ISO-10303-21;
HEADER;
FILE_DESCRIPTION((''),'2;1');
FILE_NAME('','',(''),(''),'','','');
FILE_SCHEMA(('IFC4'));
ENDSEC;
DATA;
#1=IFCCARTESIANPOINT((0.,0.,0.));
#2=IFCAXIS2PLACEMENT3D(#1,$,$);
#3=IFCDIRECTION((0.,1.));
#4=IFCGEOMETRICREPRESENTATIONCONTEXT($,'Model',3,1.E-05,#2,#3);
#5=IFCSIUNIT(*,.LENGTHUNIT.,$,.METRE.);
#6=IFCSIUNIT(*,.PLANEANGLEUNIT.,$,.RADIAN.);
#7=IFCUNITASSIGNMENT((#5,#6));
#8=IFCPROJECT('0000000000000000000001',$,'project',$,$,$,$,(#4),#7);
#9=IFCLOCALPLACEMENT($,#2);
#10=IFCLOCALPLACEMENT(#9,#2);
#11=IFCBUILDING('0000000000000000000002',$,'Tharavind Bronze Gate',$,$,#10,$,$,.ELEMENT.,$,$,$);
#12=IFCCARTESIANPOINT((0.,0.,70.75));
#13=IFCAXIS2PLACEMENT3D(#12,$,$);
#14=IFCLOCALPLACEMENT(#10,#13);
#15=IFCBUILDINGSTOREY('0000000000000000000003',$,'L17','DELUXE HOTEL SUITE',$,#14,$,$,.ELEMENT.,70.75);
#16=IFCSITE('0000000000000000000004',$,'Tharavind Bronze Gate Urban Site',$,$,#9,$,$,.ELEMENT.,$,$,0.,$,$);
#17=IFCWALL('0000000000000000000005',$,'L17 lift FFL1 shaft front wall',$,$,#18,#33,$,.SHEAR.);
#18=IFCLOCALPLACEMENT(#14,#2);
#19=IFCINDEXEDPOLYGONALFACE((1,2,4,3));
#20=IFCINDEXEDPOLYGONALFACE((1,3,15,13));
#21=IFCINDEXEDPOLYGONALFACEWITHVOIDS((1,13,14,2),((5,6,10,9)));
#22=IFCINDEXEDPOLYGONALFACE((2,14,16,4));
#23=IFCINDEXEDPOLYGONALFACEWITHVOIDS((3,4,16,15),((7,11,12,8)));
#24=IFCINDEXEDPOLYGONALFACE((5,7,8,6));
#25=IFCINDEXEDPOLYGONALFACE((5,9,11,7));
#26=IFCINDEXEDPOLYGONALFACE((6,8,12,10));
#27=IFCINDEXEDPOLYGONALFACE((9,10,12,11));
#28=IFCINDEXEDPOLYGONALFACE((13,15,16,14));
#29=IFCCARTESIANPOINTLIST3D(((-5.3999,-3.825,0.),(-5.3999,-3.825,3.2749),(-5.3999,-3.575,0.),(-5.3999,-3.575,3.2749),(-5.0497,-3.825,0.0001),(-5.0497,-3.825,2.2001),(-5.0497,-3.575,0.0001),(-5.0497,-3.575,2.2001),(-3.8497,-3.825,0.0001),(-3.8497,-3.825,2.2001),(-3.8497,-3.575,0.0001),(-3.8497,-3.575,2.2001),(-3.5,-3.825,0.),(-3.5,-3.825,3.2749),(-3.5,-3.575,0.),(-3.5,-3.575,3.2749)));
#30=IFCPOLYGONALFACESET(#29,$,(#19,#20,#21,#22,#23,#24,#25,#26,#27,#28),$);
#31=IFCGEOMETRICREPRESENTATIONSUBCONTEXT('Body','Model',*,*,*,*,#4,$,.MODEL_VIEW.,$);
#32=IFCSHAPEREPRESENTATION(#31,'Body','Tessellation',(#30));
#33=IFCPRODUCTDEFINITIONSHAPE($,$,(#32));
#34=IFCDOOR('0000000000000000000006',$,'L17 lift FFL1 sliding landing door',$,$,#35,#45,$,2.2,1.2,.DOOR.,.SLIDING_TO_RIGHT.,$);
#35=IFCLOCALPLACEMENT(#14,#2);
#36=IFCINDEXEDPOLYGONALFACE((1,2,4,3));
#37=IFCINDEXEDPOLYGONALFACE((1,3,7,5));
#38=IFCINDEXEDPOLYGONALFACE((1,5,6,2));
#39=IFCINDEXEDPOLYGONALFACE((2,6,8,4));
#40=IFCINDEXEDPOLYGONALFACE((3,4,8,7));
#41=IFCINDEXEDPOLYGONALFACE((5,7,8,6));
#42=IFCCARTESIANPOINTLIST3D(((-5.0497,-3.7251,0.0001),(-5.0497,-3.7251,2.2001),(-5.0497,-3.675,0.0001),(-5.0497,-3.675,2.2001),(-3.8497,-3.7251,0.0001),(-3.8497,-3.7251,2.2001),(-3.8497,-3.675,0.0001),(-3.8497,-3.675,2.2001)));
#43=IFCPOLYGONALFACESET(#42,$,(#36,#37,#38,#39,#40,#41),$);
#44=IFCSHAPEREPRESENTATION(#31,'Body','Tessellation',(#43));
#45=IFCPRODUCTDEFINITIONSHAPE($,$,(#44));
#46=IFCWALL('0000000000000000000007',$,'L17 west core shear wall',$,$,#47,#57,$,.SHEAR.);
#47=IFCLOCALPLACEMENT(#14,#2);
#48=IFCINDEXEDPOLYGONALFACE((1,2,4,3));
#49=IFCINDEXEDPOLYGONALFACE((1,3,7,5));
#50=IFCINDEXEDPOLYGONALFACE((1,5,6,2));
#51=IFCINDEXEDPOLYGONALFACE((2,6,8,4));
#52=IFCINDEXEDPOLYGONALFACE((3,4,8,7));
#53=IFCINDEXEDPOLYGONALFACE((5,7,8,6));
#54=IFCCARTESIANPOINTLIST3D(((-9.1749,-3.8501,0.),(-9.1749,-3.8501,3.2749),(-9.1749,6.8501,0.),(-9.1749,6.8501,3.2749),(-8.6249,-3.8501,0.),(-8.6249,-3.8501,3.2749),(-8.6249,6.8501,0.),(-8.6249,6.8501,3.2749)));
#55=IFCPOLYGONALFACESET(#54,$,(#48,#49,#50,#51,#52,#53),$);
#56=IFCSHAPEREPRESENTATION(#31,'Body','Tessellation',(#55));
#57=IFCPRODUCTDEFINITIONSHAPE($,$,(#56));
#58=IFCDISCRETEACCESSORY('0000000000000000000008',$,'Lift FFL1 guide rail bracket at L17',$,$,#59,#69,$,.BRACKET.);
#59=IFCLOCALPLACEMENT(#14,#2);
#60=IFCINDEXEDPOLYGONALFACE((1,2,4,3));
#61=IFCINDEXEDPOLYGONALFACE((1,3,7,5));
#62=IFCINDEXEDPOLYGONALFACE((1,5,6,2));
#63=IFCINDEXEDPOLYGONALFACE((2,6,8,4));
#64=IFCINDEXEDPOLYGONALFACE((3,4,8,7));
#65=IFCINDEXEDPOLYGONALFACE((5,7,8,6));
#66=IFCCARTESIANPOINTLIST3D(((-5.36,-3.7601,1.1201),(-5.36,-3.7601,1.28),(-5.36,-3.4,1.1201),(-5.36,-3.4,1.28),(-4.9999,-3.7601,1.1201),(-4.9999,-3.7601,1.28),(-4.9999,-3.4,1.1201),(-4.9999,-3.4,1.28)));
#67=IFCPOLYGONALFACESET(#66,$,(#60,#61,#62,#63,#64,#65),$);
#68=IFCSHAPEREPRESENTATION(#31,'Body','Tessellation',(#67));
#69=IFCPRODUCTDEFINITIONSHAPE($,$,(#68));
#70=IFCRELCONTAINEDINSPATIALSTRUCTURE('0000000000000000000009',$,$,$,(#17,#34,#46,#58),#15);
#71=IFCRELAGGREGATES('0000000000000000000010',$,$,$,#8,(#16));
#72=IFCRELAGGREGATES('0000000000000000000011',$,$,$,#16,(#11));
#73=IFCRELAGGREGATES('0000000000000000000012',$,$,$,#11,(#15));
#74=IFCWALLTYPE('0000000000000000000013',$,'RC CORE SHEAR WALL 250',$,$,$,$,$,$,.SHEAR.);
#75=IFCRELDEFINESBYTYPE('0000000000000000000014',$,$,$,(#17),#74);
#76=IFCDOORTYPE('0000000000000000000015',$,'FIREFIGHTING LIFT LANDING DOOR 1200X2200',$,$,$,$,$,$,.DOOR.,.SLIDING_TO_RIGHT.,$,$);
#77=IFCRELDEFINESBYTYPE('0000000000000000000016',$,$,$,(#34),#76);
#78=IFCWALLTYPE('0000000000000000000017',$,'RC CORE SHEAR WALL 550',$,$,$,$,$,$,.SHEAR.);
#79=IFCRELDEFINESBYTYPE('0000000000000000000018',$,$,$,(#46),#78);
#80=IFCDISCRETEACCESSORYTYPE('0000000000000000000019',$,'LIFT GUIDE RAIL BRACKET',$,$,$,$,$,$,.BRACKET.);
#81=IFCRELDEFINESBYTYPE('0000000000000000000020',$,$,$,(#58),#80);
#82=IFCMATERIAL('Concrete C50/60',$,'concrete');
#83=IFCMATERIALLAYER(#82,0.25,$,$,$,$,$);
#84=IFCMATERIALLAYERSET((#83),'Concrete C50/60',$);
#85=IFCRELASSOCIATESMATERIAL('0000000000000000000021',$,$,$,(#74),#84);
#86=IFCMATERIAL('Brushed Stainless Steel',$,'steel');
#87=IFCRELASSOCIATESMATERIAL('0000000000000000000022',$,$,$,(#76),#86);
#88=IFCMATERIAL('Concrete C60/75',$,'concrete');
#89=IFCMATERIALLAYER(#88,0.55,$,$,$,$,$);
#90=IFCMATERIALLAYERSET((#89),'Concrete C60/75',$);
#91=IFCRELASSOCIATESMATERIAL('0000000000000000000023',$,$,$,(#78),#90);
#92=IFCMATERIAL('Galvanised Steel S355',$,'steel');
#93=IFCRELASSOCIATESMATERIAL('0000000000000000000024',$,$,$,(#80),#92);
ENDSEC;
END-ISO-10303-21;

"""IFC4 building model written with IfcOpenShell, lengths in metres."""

from ifc_helpers import new_model, si_unit, direction, frame, frame_2d, origin, origin_2d, place, context, subcontext, project, spatial, rectangle, extrude, material, layer, layer_set, type_object, element, fill, save


model = new_model("IFC4")

# Units and contexts
model_context = context("Model", 3, precision=1e-05, world=origin(), true_north=direction((0.0, 1.0)))
body_context = subcontext(model_context, "Body", "Model", "MODEL_VIEW")
ifc_project = project(units=[si_unit("LENGTHUNIT", "METRE"), si_unit("PLANEANGLEUNIT", "RADIAN")], contexts=[model_context])

# Site, building, storey
site_placement = place(None, origin())
site = spatial("IfcSite", under=ifc_project, at=site_placement, Name="Tharavind Bronze Gate Urban Site", CompositionType="ELEMENT", RefElevation=0.0)
building_placement = place(site_placement, origin())
building = spatial("IfcBuilding", under=site, at=building_placement, Name="Tharavind Bronze Gate", CompositionType="ELEMENT")
storey_placement = place(building_placement, frame((0.0, 0.0, 70.75)))
storey = spatial("IfcBuildingStorey", under=building, at=storey_placement, Name="L17", Description="DELUXE HOTEL SUITE", CompositionType="ELEMENT", Elevation=70.75)

# Shared definitions
ifc_material_1 = material(Name="Concrete C50/60", Category="concrete")
ifc_layer_1 = layer(ifc_material_1, 0.25)
ifc_layer_set_1 = layer_set([ifc_layer_1], Name="Concrete C50/60")
wall_type_1 = type_object("IfcWallType", Name="RC CORE SHEAR WALL 250", PredefinedType="SHEAR", material=ifc_layer_set_1)

# Wall, opening, door
wall_1_placement = place(storey_placement, frame((-5.3999, -3.7, 0.0), z_axis=(0.0, 0.0, 1.0), x_axis=(1.0, 0.0, 0.0)))
wall_1 = element("IfcWall", 1, at=wall_1_placement, inside=storey, type_object=wall_type_1, Name="L17 lift FFL1 shaft front wall", PredefinedType="SHEAR", context=body_context, shape_type="SweptSolid", body=[
    extrude(rectangle(XDim=1.8999, YDim=0.25, at=frame_2d((0.95, 0.0))), origin(), (0.0, 0.0, 1.0), 3.2749),
])
opening_1_placement = place(wall_1_placement, frame((0.3501, 0.0, 0.0)))
opening_1 = element("IfcOpeningElement", 2, at=opening_1_placement, cuts=wall_1, PredefinedType="OPENING", context=body_context, shape_type="SweptSolid", body=[
    extrude(rectangle(XDim=1.2, YDim=2.2, at=frame_2d((0.6001, 1.1001))), frame((0.0, 0.135, 0.0), z_axis=(0.0, -1.0, 0.0), x_axis=(1.0, 0.0, 0.0)), (0.0, 0.0, 1.0), 0.27),
])
ifc_material_2 = material(Name="Brushed Stainless Steel", Category="steel")
door_type_1 = type_object("IfcDoorType", Name="FIREFIGHTING LIFT LANDING DOOR 1200X2200", OperationType="SLIDING_TO_RIGHT", PredefinedType="DOOR", material=ifc_material_2)
door_1_placement = place(opening_1_placement, origin())
door_1 = element("IfcDoor", 3, at=door_1_placement, inside=storey, type_object=door_type_1, Name="L17 lift FFL1 sliding landing door", OperationType="SLIDING_TO_RIGHT", OverallHeight=2.2, OverallWidth=1.2, PredefinedType="DOOR", context=body_context, shape_type="SweptSolid", body=[
    extrude(rectangle(XDim=1.2, YDim=2.2, at=frame_2d((0.6001, 1.1001))), frame((0.0, 0.0249, 0.0), z_axis=(0.0, -1.0, 0.0), x_axis=(1.0, 0.0, 0.0)), (0.0, 0.0, 1.0), 0.05),
])
fill(opening_1, door_1)

# Wall
ifc_material_3 = material(Name="Concrete C60/75", Category="concrete")
ifc_layer_2 = layer(ifc_material_3, 0.55)
ifc_layer_set_2 = layer_set([ifc_layer_2], Name="Concrete C60/75")
wall_type_2 = type_object("IfcWallType", Name="RC CORE SHEAR WALL 550", PredefinedType="SHEAR", material=ifc_layer_set_2)
wall_2_placement = place(storey_placement, frame((-8.8999, -3.8501, 0.0), z_axis=(0.0, 0.0, 1.0), x_axis=(0.0, 1.0, 0.0)))
element("IfcWall", 4, at=wall_2_placement, inside=storey, type_object=wall_type_2, Name="L17 west core shear wall", PredefinedType="SHEAR", context=body_context, shape_type="SweptSolid", body=[
    extrude(rectangle(XDim=10.7002, YDim=0.55, at=frame_2d((5.3501, 0.0))), origin(), (0.0, 0.0, 1.0), 3.2749),
])

# Discrete accessory
ifc_material_4 = material(Name="Galvanised Steel S355", Category="steel")
discrete_accessory_type = type_object("IfcDiscreteAccessoryType", Name="LIFT GUIDE RAIL BRACKET", PredefinedType="BRACKET", material=ifc_material_4)
discrete_accessory_placement = place(storey_placement, frame((-5.1799, -3.5801, 1.1201), z_axis=(0.0, 0.0, 1.0), x_axis=(1.0, 0.0, 0.0)))
element("IfcDiscreteAccessory", 5, at=discrete_accessory_placement, inside=storey, type_object=discrete_accessory_type, Name="Lift FFL1 guide rail bracket at L17", PredefinedType="BRACKET", context=body_context, shape_type="SweptSolid", body=[
    extrude(rectangle(XDim=0.3601, YDim=0.3601, at=origin_2d()), origin(), (0.0, 0.0, 1.0), 0.1599),
])

save(model, "model.ifc")
